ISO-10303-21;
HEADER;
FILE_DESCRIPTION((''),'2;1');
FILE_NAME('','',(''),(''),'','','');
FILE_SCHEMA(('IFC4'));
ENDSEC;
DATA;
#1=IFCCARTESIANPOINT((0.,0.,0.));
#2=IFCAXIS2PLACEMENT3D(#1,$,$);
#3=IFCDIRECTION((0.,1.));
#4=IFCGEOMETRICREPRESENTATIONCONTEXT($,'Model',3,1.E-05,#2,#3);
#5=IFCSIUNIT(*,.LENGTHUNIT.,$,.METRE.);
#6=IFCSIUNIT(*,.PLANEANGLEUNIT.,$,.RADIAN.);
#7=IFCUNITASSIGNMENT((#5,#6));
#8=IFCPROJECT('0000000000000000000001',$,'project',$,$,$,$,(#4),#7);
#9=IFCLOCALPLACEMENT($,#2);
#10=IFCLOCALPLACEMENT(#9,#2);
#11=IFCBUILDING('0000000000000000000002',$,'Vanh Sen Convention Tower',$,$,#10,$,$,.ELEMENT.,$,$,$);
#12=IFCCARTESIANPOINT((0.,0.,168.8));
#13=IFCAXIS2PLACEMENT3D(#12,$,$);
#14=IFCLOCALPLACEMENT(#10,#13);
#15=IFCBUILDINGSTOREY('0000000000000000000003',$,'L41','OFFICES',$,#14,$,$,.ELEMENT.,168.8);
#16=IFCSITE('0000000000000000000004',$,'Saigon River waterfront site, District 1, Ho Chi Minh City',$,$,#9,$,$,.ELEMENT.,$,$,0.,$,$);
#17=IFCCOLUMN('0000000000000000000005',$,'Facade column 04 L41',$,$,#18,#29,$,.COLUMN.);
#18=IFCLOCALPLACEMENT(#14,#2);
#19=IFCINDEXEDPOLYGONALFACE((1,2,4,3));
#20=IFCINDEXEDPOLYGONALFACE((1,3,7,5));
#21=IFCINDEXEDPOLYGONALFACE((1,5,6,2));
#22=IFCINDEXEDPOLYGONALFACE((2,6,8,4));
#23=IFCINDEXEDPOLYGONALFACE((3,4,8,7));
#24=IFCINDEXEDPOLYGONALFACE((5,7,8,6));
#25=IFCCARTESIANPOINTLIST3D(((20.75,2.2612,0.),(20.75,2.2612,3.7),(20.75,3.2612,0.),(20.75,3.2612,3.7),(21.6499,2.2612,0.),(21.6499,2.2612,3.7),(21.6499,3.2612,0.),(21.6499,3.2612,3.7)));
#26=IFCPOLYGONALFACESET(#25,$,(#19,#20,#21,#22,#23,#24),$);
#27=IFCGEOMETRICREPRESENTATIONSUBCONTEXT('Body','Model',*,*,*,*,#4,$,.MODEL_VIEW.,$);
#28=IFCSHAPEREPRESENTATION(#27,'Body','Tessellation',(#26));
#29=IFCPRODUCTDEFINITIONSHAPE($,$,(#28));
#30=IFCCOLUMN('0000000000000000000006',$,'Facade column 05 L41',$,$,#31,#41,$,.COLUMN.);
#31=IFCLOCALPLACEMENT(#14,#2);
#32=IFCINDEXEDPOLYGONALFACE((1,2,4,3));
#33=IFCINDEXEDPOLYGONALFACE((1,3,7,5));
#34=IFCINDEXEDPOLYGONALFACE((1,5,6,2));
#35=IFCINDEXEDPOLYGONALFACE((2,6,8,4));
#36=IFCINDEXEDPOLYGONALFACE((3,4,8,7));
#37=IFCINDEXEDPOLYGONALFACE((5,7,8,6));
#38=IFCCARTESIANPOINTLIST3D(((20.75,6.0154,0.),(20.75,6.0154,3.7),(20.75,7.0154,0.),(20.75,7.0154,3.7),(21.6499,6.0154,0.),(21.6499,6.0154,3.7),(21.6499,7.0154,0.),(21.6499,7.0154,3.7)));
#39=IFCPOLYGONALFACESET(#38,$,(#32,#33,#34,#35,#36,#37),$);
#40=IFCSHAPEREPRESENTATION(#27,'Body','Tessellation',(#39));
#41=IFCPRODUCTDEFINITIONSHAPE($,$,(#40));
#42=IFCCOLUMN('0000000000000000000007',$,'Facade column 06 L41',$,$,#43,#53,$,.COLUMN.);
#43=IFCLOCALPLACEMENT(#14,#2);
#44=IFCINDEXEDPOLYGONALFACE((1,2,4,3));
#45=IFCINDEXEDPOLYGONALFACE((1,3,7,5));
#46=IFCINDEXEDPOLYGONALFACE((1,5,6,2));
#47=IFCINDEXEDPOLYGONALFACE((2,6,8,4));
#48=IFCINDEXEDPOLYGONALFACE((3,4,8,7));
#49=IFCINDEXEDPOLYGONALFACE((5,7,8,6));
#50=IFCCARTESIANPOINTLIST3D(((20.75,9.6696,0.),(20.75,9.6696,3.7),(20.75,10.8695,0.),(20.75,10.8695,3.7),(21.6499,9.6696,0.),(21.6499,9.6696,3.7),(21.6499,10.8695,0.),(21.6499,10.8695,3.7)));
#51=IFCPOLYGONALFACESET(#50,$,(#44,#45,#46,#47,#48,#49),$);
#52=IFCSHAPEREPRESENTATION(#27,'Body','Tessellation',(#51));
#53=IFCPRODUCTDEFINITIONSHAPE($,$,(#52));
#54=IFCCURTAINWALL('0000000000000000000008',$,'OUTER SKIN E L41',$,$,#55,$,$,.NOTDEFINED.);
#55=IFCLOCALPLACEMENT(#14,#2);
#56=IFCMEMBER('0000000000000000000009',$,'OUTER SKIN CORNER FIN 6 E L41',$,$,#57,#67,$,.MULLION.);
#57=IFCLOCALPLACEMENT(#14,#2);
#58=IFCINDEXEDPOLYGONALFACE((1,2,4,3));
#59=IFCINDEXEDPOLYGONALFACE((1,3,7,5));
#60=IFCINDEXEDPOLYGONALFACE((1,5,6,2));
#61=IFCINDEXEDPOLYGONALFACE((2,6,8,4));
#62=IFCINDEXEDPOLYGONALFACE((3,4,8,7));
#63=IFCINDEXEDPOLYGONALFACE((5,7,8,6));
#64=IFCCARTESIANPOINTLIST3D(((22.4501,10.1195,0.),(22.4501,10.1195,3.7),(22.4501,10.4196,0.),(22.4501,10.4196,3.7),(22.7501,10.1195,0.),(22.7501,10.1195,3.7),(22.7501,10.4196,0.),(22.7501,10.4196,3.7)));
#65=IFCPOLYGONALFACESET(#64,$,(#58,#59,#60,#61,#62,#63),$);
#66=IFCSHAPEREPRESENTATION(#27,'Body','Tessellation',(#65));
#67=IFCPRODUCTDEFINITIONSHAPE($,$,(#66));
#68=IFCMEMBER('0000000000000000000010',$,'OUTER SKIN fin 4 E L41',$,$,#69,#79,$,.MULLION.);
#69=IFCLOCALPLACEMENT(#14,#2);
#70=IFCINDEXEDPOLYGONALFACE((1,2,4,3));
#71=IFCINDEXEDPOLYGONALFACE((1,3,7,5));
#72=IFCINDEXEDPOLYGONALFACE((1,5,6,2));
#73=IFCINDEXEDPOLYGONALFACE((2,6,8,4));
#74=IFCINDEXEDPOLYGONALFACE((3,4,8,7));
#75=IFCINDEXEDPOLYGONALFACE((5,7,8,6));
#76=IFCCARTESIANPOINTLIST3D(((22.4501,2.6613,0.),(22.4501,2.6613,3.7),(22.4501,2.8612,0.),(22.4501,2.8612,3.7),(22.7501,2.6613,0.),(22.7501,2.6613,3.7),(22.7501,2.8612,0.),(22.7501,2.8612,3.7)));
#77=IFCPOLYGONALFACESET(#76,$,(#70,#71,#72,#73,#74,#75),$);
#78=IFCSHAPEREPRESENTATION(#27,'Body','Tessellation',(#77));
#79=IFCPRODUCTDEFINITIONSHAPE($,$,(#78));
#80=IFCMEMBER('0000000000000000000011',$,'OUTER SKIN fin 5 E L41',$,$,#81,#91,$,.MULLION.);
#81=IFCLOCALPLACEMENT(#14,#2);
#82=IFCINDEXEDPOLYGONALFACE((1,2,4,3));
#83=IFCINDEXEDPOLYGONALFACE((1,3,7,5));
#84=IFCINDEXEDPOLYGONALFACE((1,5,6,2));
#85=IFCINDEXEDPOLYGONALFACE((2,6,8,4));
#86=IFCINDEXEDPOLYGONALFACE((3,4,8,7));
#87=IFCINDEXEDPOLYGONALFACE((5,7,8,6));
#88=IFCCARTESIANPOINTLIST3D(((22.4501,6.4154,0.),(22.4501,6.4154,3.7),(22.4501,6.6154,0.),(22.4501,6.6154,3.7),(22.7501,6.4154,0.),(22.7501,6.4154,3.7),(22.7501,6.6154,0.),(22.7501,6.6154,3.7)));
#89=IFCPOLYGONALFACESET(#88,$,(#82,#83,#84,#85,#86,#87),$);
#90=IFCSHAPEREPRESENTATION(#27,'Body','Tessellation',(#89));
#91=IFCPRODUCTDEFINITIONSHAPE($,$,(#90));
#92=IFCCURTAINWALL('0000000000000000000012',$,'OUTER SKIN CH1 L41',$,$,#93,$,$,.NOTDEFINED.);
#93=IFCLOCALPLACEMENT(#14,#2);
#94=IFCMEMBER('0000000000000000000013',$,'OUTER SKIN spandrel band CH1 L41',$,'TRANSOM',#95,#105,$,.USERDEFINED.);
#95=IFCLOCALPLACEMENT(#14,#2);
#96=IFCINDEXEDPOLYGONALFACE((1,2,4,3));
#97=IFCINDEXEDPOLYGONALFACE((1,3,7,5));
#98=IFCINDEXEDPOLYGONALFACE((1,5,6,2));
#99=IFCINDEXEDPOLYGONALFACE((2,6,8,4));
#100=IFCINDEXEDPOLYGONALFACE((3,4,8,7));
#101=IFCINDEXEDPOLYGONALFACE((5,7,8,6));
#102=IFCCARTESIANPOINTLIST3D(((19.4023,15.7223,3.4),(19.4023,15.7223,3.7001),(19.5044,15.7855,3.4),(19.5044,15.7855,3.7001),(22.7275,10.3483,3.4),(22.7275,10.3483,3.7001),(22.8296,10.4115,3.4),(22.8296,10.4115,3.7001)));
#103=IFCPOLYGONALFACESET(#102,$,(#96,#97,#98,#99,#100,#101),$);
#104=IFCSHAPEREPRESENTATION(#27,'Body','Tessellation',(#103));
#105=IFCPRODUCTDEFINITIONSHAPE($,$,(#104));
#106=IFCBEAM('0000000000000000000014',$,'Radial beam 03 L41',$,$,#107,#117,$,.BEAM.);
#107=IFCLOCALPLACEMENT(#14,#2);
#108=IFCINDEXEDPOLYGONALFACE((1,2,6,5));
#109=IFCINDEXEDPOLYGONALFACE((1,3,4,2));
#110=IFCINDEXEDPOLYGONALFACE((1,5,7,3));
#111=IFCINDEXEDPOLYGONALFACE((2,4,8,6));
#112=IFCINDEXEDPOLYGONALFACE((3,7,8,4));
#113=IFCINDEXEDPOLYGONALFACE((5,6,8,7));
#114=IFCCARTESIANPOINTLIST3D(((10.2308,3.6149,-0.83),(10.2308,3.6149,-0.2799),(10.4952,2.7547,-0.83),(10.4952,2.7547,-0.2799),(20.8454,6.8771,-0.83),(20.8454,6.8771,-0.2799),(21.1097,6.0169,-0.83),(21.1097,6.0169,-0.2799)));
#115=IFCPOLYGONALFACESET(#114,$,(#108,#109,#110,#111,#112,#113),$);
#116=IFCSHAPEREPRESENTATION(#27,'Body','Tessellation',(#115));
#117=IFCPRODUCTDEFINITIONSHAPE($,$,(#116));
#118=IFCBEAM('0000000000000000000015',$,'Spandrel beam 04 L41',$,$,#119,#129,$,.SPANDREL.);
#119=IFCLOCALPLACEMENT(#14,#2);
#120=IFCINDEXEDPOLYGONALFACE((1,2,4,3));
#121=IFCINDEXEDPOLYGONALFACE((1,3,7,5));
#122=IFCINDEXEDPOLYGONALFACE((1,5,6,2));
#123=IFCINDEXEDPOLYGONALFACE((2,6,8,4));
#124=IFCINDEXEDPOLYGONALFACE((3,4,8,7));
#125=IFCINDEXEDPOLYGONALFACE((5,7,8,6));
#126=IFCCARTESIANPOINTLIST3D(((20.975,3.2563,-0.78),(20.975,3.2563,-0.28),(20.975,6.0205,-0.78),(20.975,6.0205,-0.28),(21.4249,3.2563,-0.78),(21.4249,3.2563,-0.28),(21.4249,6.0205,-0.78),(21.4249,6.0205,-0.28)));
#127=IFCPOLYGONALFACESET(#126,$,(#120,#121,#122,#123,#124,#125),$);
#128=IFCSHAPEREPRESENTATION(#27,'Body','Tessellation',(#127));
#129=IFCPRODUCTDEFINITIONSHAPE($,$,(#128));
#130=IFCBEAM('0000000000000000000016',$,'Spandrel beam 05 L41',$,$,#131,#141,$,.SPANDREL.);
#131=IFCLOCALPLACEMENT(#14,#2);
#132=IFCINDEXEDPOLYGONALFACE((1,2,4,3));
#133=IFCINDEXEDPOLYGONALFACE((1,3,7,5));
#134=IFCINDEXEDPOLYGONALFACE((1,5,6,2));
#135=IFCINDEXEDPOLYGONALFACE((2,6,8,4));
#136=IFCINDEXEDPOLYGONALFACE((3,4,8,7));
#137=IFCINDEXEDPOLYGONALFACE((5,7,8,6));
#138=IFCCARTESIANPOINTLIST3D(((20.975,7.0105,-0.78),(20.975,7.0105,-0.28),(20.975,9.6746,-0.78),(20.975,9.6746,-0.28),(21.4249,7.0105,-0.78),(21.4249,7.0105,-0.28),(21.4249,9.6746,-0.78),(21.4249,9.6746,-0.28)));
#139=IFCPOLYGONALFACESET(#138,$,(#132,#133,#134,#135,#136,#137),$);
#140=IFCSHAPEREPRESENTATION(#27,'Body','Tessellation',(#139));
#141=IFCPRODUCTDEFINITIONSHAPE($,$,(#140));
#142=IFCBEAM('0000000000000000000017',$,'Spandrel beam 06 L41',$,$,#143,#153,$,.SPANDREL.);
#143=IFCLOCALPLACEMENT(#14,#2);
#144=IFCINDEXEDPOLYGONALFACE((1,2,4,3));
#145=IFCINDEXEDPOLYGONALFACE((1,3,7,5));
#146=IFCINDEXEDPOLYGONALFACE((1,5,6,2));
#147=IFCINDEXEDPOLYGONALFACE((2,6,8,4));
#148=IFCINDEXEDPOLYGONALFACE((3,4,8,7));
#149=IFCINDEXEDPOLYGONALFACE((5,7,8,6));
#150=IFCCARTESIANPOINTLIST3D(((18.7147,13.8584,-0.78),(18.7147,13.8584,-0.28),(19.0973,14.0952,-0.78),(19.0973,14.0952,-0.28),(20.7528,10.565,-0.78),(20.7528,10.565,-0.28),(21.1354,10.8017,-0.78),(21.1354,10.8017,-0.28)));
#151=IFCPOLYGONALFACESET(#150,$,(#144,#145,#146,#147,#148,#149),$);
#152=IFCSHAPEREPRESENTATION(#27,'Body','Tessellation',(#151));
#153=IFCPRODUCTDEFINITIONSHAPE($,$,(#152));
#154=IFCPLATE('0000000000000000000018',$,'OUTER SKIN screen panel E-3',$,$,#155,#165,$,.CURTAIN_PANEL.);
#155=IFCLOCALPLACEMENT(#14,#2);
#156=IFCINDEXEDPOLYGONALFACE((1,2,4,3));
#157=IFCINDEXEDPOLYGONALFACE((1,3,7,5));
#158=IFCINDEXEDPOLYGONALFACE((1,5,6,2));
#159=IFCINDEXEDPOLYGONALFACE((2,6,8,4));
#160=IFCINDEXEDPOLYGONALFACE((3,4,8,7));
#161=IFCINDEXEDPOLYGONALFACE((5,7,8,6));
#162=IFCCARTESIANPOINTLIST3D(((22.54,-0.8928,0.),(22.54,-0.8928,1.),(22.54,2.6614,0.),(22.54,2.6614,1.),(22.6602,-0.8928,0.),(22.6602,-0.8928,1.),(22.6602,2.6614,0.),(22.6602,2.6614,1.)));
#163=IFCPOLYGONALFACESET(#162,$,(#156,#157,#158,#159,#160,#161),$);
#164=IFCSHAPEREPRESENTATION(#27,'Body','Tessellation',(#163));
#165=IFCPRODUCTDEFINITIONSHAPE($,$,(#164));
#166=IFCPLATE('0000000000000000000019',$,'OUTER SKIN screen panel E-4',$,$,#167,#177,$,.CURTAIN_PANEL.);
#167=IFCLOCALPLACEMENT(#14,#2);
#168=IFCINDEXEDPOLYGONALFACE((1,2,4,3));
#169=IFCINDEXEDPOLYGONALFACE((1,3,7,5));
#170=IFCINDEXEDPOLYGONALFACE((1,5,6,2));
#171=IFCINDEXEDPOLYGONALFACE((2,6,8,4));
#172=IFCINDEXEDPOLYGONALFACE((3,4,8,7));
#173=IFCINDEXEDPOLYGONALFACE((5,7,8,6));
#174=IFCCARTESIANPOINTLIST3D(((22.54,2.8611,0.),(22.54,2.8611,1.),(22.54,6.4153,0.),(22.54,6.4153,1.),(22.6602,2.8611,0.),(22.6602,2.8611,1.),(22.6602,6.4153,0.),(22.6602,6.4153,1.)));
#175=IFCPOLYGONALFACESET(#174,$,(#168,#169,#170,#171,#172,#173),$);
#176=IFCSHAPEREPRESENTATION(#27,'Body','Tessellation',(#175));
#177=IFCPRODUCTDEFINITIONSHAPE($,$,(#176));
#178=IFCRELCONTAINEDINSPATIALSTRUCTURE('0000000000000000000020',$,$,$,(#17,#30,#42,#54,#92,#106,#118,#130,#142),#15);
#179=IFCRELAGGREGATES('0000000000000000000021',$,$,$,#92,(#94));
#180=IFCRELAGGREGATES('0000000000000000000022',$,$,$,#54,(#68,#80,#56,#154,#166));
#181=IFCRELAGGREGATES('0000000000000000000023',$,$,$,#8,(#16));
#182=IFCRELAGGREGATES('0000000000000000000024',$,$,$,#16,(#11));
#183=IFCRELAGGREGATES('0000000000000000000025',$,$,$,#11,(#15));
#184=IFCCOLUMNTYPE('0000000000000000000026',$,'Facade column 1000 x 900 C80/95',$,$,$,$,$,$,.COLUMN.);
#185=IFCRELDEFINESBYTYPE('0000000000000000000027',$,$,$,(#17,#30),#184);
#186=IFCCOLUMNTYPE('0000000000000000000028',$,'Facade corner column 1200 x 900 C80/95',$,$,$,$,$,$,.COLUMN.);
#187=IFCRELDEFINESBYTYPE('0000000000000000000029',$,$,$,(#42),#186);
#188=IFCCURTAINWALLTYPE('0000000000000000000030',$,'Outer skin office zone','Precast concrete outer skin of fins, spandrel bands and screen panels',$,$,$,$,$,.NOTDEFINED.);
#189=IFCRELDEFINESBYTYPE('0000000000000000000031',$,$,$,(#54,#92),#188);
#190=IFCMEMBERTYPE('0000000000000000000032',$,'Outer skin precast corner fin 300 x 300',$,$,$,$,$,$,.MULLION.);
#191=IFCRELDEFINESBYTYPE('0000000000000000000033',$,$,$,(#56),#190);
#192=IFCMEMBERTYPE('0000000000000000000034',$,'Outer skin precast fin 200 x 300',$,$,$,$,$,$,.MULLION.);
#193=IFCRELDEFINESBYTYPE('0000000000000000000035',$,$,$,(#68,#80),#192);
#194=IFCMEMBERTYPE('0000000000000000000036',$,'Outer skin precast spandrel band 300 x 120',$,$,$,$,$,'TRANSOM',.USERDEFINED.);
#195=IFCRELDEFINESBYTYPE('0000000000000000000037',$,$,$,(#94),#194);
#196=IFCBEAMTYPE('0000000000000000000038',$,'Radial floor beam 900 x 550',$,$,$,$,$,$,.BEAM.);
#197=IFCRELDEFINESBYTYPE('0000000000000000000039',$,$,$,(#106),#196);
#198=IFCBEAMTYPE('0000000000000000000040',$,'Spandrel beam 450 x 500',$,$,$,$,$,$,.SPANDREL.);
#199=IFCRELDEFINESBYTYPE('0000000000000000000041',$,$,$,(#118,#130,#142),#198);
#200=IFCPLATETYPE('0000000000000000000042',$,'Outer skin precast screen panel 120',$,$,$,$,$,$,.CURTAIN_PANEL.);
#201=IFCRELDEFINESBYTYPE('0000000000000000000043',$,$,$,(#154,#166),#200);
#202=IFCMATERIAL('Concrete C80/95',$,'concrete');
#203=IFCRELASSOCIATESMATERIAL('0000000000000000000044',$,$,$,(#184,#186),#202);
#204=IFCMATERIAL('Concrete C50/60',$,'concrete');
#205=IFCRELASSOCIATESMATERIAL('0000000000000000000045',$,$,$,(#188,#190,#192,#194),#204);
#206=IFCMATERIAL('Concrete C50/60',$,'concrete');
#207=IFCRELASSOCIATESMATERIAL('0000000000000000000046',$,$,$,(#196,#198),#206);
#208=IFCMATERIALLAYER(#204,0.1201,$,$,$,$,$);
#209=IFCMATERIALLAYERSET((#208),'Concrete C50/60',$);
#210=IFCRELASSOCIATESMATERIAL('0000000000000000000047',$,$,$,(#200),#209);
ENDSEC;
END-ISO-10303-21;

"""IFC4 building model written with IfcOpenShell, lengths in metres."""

from ifc_helpers import new_model, si_unit, direction, frame, origin, origin_2d, place, context, subcontext, project, spatial, rectangle, extrude, material, layer, layer_set, material_profile, profile_set, type_object, element, aggregate, save


model = new_model("IFC4")

# Units and contexts
model_context = context("Model", 3, precision=1e-05, world=origin(), true_north=direction((0.0, 1.0)))
body_context = subcontext(model_context, "Body", "Model", "MODEL_VIEW")
ifc_project = project(units=[si_unit("LENGTHUNIT", "METRE"), si_unit("PLANEANGLEUNIT", "RADIAN")], contexts=[model_context])

# Site, building, storey
site_placement = place(None, origin())
site = spatial("IfcSite", under=ifc_project, at=site_placement, Name="Saigon River waterfront site, District 1, Ho Chi Minh City", CompositionType="ELEMENT", RefElevation=0.0)
building_placement = place(site_placement, origin())
building = spatial("IfcBuilding", under=site, at=building_placement, Name="Vanh Sen Convention Tower", CompositionType="ELEMENT")
storey_placement = place(building_placement, frame((0.0, 0.0, 168.8)))
storey = spatial("IfcBuildingStorey", under=building, at=storey_placement, Name="L41", Description="OFFICES", CompositionType="ELEMENT", Elevation=168.8)

# Columns
ifc_material_1 = material(Name="Concrete C80/95", Category="concrete")
ifc_material_profile_1 = material_profile(ifc_material_1, rectangle(XDim=1.0, YDim=0.8999, at=origin_2d()), Name="RC 1000X900")
ifc_profile_set_1 = profile_set([ifc_material_profile_1], Name="Concrete C80/95")
column_type_1 = type_object("IfcColumnType", Name="Facade column 1000 x 900 C80/95", PredefinedType="COLUMN", material=ifc_profile_set_1)
for number, where, z_axis, x_axis, name in (
    (1, (21.2, 2.7612, 0.0), (0.0, 0.0, 1.0), (0.0, 1.0, 0.0), "Facade column 04 L41"),
    (2, (21.2, 6.5154, 0.0), (0.0, 0.0, 1.0), (0.0, 1.0, 0.0), "Facade column 05 L41"),
):
    element("IfcColumn", number, at=place(storey_placement, frame(where, z_axis=z_axis, x_axis=x_axis)), inside=storey, type_object=column_type_1, Name=name, PredefinedType="COLUMN", context=body_context, shape_type="SweptSolid", body=[
        extrude(rectangle(XDim=1.0, YDim=0.8999, at=origin_2d()), origin(), (0.0, 0.0, 1.0), 3.7),
    ])
ifc_material_profile_2 = material_profile(ifc_material_1, rectangle(XDim=1.2, YDim=0.8999, at=origin_2d()), Name="RC 1200X900")
ifc_profile_set_2 = profile_set([ifc_material_profile_2], Name="Concrete C80/95")
column_type_2 = type_object("IfcColumnType", Name="Facade corner column 1200 x 900 C80/95", PredefinedType="COLUMN", material=ifc_profile_set_2)
column_placement = place(storey_placement, frame((21.2, 10.2695, 0.0), z_axis=(0.0, 0.0, 1.0), x_axis=(0.0, 1.0, 0.0)))
element("IfcColumn", 3, at=column_placement, inside=storey, type_object=column_type_2, Name="Facade column 06 L41", PredefinedType="COLUMN", context=body_context, shape_type="SweptSolid", body=[
    extrude(rectangle(XDim=1.2, YDim=0.8999, at=origin_2d()), origin(), (0.0, 0.0, 1.0), 3.7),
])

# Curtain wall, members
ifc_material_2 = material(Name="Concrete C50/60", Category="concrete")
curtain_wall_type = type_object("IfcCurtainWallType", Name="Outer skin office zone", Description="Precast concrete outer skin of fins, spandrel bands and screen panels", PredefinedType="NOTDEFINED", material=ifc_material_2)
curtain_wall_1_placement = place(storey_placement, origin())
curtain_wall_1 = element("IfcCurtainWall", 4, at=curtain_wall_1_placement, inside=storey, type_object=curtain_wall_type, Name="OUTER SKIN E L41", PredefinedType="NOTDEFINED")
ifc_material_profile_3 = material_profile(ifc_material_2, rectangle(XDim=0.3, YDim=0.3, at=origin_2d()), Name="Outer skin precast corner fin 300 x 300")
ifc_profile_set_3 = profile_set([ifc_material_profile_3], Name="Concrete C50/60")
member_type_1 = type_object("IfcMemberType", Name="Outer skin precast corner fin 300 x 300", PredefinedType="MULLION", material=ifc_profile_set_3)
member_1_placement = place(storey_placement, frame((22.6001, 10.2695, 0.0), z_axis=(0.0, 0.0, 1.0), x_axis=(0.0, 1.0, 0.0)))
member_1 = element("IfcMember", 5, at=member_1_placement, type_object=member_type_1, Name="OUTER SKIN CORNER FIN 6 E L41", PredefinedType="MULLION", context=body_context, shape_type="SweptSolid", body=[
    extrude(rectangle(XDim=0.3, YDim=0.3, at=origin_2d()), origin(), (0.0, 0.0, 1.0), 3.7),
])
ifc_material_profile_4 = material_profile(ifc_material_2, rectangle(XDim=0.2, YDim=0.3, at=origin_2d()), Name="Outer skin precast fin 200 x 300")
ifc_profile_set_4 = profile_set([ifc_material_profile_4], Name="Concrete C50/60")
member_type_2 = type_object("IfcMemberType", Name="Outer skin precast fin 200 x 300", PredefinedType="MULLION", material=ifc_profile_set_4)
member_2_placement = place(storey_placement, frame((22.6001, 2.7612, 0.0), z_axis=(0.0, 0.0, 1.0), x_axis=(0.0, 1.0, 0.0)))
member_2 = element("IfcMember", 6, at=member_2_placement, type_object=member_type_2, Name="OUTER SKIN fin 4 E L41", PredefinedType="MULLION", context=body_context, shape_type="SweptSolid", body=[
    extrude(rectangle(XDim=0.2, YDim=0.3, at=origin_2d()), origin(), (0.0, 0.0, 1.0), 3.7),
])
member_3_placement = place(storey_placement, frame((22.6001, 6.5154, 0.0), z_axis=(0.0, 0.0, 1.0), x_axis=(0.0, 1.0, 0.0)))
member_3 = element("IfcMember", 7, at=member_3_placement, type_object=member_type_2, Name="OUTER SKIN fin 5 E L41", PredefinedType="MULLION", context=body_context, shape_type="SweptSolid", body=[
    extrude(rectangle(XDim=0.2, YDim=0.3, at=origin_2d()), origin(), (0.0, 0.0, 1.0), 3.7),
])

# Curtain wall, member
curtain_wall_2_placement = place(storey_placement, origin())
curtain_wall_2 = element("IfcCurtainWall", 8, at=curtain_wall_2_placement, inside=storey, type_object=curtain_wall_type, Name="OUTER SKIN CH1 L41", PredefinedType="NOTDEFINED")
ifc_material_profile_5 = material_profile(ifc_material_2, rectangle(XDim=0.1201, YDim=0.3, at=origin_2d()), Name="Outer skin precast spandrel band 300 x 120")
ifc_profile_set_5 = profile_set([ifc_material_profile_5], Name="Concrete C50/60")
member_type_3 = type_object("IfcMemberType", Name="Outer skin precast spandrel band 300 x 120", ElementType="TRANSOM", PredefinedType="USERDEFINED", material=ifc_profile_set_5)
member_4_placement = place(storey_placement, frame((22.7786, 10.3799, 3.55), z_axis=(-0.526174, 0.850377, 0.0), x_axis=(-0.850377, -0.526174, 0.0)))
member_4 = element("IfcMember", 9, at=member_4_placement, type_object=member_type_3, Name="OUTER SKIN spandrel band CH1 L41", ObjectType="TRANSOM", PredefinedType="USERDEFINED", context=body_context, shape_type="SweptSolid", body=[
    extrude(rectangle(XDim=0.1201, YDim=0.3, at=origin_2d()), origin(), (0.0, 0.0, 1.0), 6.3196),
])
aggregate(curtain_wall_2, [member_4])

# Beams
ifc_material_3 = material(Name="Concrete C50/60", Category="concrete")
ifc_material_profile_6 = material_profile(ifc_material_3, rectangle(XDim=0.8999, YDim=0.55, at=origin_2d()), Name="RC 900X550")
ifc_profile_set_6 = profile_set([ifc_material_profile_6], Name="Concrete C50/60")
beam_type_1 = type_object("IfcBeamType", Name="Radial floor beam 900 x 550", PredefinedType="BEAM", material=ifc_profile_set_6)
beam_1_placement = place(storey_placement, frame((20.9775, 6.447, -0.5549), z_axis=(-0.955875, -0.293774, 0.0), x_axis=(0.293774, -0.955875, 0.0)))
element("IfcBeam", 10, at=beam_1_placement, inside=storey, type_object=beam_type_1, Name="Radial beam 03 L41", PredefinedType="BEAM", context=body_context, shape_type="SweptSolid", body=[
    extrude(rectangle(XDim=0.8999, YDim=0.55, at=origin_2d()), origin(), (0.0, 0.0, 1.0), 11.1045),
])
ifc_material_profile_7 = material_profile(ifc_material_3, rectangle(XDim=0.45, YDim=0.5, at=origin_2d()), Name="RC 450X500")
ifc_profile_set_7 = profile_set([ifc_material_profile_7], Name="Concrete C50/60")
beam_type_2 = type_object("IfcBeamType", Name="Spandrel beam 450 x 500", PredefinedType="SPANDREL", material=ifc_profile_set_7)
beam_2_placement = place(storey_placement, frame((21.2, 3.2563, -0.53), z_axis=(0.0, 1.0, 0.0), x_axis=(-1.0, 0.0, 0.0)))
element("IfcBeam", 11, at=beam_2_placement, inside=storey, type_object=beam_type_2, Name="Spandrel beam 04 L41", PredefinedType="SPANDREL", context=body_context, shape_type="SweptSolid", body=[
    extrude(rectangle(XDim=0.45, YDim=0.5, at=origin_2d()), origin(), (0.0, 0.0, 1.0), 2.7642),
])
beam_3_placement = place(storey_placement, frame((21.2, 7.0105, -0.53), z_axis=(0.0, 1.0, 0.0), x_axis=(-1.0, 0.0, 0.0)))
element("IfcBeam", 12, at=beam_3_placement, inside=storey, type_object=beam_type_2, Name="Spandrel beam 05 L41", PredefinedType="SPANDREL", context=body_context, shape_type="SweptSolid", body=[
    extrude(rectangle(XDim=0.45, YDim=0.5, at=origin_2d()), origin(), (0.0, 0.0, 1.0), 2.6641),
])
beam_4_placement = place(storey_placement, frame((20.9441, 10.6833, -0.53), z_axis=(-0.52622, 0.850348, 0.0), x_axis=(-0.850348, -0.52622, 0.0)))
element("IfcBeam", 13, at=beam_4_placement, inside=storey, type_object=beam_type_2, Name="Spandrel beam 06 L41", PredefinedType="SPANDREL", context=body_context, shape_type="SweptSolid", body=[
    extrude(rectangle(XDim=0.45, YDim=0.5, at=origin_2d()), origin(), (0.0, 0.0, 1.0), 3.873),
])

# Plates
ifc_layer_1 = layer(ifc_material_2, 0.1201)
ifc_layer_set_1 = layer_set([ifc_layer_1], Name="Concrete C50/60")
plate_type = type_object("IfcPlateType", Name="Outer skin precast screen panel 120", PredefinedType="CURTAIN_PANEL", material=ifc_layer_set_1)
plate_1_placement = place(storey_placement, frame((22.6001, 0.8843, 0.0), z_axis=(0.0, 0.0, 1.0), x_axis=(0.0, 1.0, 0.0)))
plate_1 = element("IfcPlate", 14, at=plate_1_placement, type_object=plate_type, Name="OUTER SKIN screen panel E-3", PredefinedType="CURTAIN_PANEL", context=body_context, shape_type="SweptSolid", body=[
    extrude(rectangle(XDim=3.5542, YDim=0.1201, at=origin_2d()), origin(), (0.0, 0.0, 1.0), 1.0),
])
plate_2_placement = place(storey_placement, frame((22.6001, 4.6382, 0.0), z_axis=(0.0, 0.0, 1.0), x_axis=(0.0, 1.0, 0.0)))
plate_2 = element("IfcPlate", 15, at=plate_2_placement, type_object=plate_type, Name="OUTER SKIN screen panel E-4", PredefinedType="CURTAIN_PANEL", context=body_context, shape_type="SweptSolid", body=[
    extrude(rectangle(XDim=3.5542, YDim=0.1201, at=origin_2d()), origin(), (0.0, 0.0, 1.0), 1.0),
])
aggregate(curtain_wall_1, [member_2, member_3, member_1, plate_1, plate_2])

save(model, "model.ifc")
